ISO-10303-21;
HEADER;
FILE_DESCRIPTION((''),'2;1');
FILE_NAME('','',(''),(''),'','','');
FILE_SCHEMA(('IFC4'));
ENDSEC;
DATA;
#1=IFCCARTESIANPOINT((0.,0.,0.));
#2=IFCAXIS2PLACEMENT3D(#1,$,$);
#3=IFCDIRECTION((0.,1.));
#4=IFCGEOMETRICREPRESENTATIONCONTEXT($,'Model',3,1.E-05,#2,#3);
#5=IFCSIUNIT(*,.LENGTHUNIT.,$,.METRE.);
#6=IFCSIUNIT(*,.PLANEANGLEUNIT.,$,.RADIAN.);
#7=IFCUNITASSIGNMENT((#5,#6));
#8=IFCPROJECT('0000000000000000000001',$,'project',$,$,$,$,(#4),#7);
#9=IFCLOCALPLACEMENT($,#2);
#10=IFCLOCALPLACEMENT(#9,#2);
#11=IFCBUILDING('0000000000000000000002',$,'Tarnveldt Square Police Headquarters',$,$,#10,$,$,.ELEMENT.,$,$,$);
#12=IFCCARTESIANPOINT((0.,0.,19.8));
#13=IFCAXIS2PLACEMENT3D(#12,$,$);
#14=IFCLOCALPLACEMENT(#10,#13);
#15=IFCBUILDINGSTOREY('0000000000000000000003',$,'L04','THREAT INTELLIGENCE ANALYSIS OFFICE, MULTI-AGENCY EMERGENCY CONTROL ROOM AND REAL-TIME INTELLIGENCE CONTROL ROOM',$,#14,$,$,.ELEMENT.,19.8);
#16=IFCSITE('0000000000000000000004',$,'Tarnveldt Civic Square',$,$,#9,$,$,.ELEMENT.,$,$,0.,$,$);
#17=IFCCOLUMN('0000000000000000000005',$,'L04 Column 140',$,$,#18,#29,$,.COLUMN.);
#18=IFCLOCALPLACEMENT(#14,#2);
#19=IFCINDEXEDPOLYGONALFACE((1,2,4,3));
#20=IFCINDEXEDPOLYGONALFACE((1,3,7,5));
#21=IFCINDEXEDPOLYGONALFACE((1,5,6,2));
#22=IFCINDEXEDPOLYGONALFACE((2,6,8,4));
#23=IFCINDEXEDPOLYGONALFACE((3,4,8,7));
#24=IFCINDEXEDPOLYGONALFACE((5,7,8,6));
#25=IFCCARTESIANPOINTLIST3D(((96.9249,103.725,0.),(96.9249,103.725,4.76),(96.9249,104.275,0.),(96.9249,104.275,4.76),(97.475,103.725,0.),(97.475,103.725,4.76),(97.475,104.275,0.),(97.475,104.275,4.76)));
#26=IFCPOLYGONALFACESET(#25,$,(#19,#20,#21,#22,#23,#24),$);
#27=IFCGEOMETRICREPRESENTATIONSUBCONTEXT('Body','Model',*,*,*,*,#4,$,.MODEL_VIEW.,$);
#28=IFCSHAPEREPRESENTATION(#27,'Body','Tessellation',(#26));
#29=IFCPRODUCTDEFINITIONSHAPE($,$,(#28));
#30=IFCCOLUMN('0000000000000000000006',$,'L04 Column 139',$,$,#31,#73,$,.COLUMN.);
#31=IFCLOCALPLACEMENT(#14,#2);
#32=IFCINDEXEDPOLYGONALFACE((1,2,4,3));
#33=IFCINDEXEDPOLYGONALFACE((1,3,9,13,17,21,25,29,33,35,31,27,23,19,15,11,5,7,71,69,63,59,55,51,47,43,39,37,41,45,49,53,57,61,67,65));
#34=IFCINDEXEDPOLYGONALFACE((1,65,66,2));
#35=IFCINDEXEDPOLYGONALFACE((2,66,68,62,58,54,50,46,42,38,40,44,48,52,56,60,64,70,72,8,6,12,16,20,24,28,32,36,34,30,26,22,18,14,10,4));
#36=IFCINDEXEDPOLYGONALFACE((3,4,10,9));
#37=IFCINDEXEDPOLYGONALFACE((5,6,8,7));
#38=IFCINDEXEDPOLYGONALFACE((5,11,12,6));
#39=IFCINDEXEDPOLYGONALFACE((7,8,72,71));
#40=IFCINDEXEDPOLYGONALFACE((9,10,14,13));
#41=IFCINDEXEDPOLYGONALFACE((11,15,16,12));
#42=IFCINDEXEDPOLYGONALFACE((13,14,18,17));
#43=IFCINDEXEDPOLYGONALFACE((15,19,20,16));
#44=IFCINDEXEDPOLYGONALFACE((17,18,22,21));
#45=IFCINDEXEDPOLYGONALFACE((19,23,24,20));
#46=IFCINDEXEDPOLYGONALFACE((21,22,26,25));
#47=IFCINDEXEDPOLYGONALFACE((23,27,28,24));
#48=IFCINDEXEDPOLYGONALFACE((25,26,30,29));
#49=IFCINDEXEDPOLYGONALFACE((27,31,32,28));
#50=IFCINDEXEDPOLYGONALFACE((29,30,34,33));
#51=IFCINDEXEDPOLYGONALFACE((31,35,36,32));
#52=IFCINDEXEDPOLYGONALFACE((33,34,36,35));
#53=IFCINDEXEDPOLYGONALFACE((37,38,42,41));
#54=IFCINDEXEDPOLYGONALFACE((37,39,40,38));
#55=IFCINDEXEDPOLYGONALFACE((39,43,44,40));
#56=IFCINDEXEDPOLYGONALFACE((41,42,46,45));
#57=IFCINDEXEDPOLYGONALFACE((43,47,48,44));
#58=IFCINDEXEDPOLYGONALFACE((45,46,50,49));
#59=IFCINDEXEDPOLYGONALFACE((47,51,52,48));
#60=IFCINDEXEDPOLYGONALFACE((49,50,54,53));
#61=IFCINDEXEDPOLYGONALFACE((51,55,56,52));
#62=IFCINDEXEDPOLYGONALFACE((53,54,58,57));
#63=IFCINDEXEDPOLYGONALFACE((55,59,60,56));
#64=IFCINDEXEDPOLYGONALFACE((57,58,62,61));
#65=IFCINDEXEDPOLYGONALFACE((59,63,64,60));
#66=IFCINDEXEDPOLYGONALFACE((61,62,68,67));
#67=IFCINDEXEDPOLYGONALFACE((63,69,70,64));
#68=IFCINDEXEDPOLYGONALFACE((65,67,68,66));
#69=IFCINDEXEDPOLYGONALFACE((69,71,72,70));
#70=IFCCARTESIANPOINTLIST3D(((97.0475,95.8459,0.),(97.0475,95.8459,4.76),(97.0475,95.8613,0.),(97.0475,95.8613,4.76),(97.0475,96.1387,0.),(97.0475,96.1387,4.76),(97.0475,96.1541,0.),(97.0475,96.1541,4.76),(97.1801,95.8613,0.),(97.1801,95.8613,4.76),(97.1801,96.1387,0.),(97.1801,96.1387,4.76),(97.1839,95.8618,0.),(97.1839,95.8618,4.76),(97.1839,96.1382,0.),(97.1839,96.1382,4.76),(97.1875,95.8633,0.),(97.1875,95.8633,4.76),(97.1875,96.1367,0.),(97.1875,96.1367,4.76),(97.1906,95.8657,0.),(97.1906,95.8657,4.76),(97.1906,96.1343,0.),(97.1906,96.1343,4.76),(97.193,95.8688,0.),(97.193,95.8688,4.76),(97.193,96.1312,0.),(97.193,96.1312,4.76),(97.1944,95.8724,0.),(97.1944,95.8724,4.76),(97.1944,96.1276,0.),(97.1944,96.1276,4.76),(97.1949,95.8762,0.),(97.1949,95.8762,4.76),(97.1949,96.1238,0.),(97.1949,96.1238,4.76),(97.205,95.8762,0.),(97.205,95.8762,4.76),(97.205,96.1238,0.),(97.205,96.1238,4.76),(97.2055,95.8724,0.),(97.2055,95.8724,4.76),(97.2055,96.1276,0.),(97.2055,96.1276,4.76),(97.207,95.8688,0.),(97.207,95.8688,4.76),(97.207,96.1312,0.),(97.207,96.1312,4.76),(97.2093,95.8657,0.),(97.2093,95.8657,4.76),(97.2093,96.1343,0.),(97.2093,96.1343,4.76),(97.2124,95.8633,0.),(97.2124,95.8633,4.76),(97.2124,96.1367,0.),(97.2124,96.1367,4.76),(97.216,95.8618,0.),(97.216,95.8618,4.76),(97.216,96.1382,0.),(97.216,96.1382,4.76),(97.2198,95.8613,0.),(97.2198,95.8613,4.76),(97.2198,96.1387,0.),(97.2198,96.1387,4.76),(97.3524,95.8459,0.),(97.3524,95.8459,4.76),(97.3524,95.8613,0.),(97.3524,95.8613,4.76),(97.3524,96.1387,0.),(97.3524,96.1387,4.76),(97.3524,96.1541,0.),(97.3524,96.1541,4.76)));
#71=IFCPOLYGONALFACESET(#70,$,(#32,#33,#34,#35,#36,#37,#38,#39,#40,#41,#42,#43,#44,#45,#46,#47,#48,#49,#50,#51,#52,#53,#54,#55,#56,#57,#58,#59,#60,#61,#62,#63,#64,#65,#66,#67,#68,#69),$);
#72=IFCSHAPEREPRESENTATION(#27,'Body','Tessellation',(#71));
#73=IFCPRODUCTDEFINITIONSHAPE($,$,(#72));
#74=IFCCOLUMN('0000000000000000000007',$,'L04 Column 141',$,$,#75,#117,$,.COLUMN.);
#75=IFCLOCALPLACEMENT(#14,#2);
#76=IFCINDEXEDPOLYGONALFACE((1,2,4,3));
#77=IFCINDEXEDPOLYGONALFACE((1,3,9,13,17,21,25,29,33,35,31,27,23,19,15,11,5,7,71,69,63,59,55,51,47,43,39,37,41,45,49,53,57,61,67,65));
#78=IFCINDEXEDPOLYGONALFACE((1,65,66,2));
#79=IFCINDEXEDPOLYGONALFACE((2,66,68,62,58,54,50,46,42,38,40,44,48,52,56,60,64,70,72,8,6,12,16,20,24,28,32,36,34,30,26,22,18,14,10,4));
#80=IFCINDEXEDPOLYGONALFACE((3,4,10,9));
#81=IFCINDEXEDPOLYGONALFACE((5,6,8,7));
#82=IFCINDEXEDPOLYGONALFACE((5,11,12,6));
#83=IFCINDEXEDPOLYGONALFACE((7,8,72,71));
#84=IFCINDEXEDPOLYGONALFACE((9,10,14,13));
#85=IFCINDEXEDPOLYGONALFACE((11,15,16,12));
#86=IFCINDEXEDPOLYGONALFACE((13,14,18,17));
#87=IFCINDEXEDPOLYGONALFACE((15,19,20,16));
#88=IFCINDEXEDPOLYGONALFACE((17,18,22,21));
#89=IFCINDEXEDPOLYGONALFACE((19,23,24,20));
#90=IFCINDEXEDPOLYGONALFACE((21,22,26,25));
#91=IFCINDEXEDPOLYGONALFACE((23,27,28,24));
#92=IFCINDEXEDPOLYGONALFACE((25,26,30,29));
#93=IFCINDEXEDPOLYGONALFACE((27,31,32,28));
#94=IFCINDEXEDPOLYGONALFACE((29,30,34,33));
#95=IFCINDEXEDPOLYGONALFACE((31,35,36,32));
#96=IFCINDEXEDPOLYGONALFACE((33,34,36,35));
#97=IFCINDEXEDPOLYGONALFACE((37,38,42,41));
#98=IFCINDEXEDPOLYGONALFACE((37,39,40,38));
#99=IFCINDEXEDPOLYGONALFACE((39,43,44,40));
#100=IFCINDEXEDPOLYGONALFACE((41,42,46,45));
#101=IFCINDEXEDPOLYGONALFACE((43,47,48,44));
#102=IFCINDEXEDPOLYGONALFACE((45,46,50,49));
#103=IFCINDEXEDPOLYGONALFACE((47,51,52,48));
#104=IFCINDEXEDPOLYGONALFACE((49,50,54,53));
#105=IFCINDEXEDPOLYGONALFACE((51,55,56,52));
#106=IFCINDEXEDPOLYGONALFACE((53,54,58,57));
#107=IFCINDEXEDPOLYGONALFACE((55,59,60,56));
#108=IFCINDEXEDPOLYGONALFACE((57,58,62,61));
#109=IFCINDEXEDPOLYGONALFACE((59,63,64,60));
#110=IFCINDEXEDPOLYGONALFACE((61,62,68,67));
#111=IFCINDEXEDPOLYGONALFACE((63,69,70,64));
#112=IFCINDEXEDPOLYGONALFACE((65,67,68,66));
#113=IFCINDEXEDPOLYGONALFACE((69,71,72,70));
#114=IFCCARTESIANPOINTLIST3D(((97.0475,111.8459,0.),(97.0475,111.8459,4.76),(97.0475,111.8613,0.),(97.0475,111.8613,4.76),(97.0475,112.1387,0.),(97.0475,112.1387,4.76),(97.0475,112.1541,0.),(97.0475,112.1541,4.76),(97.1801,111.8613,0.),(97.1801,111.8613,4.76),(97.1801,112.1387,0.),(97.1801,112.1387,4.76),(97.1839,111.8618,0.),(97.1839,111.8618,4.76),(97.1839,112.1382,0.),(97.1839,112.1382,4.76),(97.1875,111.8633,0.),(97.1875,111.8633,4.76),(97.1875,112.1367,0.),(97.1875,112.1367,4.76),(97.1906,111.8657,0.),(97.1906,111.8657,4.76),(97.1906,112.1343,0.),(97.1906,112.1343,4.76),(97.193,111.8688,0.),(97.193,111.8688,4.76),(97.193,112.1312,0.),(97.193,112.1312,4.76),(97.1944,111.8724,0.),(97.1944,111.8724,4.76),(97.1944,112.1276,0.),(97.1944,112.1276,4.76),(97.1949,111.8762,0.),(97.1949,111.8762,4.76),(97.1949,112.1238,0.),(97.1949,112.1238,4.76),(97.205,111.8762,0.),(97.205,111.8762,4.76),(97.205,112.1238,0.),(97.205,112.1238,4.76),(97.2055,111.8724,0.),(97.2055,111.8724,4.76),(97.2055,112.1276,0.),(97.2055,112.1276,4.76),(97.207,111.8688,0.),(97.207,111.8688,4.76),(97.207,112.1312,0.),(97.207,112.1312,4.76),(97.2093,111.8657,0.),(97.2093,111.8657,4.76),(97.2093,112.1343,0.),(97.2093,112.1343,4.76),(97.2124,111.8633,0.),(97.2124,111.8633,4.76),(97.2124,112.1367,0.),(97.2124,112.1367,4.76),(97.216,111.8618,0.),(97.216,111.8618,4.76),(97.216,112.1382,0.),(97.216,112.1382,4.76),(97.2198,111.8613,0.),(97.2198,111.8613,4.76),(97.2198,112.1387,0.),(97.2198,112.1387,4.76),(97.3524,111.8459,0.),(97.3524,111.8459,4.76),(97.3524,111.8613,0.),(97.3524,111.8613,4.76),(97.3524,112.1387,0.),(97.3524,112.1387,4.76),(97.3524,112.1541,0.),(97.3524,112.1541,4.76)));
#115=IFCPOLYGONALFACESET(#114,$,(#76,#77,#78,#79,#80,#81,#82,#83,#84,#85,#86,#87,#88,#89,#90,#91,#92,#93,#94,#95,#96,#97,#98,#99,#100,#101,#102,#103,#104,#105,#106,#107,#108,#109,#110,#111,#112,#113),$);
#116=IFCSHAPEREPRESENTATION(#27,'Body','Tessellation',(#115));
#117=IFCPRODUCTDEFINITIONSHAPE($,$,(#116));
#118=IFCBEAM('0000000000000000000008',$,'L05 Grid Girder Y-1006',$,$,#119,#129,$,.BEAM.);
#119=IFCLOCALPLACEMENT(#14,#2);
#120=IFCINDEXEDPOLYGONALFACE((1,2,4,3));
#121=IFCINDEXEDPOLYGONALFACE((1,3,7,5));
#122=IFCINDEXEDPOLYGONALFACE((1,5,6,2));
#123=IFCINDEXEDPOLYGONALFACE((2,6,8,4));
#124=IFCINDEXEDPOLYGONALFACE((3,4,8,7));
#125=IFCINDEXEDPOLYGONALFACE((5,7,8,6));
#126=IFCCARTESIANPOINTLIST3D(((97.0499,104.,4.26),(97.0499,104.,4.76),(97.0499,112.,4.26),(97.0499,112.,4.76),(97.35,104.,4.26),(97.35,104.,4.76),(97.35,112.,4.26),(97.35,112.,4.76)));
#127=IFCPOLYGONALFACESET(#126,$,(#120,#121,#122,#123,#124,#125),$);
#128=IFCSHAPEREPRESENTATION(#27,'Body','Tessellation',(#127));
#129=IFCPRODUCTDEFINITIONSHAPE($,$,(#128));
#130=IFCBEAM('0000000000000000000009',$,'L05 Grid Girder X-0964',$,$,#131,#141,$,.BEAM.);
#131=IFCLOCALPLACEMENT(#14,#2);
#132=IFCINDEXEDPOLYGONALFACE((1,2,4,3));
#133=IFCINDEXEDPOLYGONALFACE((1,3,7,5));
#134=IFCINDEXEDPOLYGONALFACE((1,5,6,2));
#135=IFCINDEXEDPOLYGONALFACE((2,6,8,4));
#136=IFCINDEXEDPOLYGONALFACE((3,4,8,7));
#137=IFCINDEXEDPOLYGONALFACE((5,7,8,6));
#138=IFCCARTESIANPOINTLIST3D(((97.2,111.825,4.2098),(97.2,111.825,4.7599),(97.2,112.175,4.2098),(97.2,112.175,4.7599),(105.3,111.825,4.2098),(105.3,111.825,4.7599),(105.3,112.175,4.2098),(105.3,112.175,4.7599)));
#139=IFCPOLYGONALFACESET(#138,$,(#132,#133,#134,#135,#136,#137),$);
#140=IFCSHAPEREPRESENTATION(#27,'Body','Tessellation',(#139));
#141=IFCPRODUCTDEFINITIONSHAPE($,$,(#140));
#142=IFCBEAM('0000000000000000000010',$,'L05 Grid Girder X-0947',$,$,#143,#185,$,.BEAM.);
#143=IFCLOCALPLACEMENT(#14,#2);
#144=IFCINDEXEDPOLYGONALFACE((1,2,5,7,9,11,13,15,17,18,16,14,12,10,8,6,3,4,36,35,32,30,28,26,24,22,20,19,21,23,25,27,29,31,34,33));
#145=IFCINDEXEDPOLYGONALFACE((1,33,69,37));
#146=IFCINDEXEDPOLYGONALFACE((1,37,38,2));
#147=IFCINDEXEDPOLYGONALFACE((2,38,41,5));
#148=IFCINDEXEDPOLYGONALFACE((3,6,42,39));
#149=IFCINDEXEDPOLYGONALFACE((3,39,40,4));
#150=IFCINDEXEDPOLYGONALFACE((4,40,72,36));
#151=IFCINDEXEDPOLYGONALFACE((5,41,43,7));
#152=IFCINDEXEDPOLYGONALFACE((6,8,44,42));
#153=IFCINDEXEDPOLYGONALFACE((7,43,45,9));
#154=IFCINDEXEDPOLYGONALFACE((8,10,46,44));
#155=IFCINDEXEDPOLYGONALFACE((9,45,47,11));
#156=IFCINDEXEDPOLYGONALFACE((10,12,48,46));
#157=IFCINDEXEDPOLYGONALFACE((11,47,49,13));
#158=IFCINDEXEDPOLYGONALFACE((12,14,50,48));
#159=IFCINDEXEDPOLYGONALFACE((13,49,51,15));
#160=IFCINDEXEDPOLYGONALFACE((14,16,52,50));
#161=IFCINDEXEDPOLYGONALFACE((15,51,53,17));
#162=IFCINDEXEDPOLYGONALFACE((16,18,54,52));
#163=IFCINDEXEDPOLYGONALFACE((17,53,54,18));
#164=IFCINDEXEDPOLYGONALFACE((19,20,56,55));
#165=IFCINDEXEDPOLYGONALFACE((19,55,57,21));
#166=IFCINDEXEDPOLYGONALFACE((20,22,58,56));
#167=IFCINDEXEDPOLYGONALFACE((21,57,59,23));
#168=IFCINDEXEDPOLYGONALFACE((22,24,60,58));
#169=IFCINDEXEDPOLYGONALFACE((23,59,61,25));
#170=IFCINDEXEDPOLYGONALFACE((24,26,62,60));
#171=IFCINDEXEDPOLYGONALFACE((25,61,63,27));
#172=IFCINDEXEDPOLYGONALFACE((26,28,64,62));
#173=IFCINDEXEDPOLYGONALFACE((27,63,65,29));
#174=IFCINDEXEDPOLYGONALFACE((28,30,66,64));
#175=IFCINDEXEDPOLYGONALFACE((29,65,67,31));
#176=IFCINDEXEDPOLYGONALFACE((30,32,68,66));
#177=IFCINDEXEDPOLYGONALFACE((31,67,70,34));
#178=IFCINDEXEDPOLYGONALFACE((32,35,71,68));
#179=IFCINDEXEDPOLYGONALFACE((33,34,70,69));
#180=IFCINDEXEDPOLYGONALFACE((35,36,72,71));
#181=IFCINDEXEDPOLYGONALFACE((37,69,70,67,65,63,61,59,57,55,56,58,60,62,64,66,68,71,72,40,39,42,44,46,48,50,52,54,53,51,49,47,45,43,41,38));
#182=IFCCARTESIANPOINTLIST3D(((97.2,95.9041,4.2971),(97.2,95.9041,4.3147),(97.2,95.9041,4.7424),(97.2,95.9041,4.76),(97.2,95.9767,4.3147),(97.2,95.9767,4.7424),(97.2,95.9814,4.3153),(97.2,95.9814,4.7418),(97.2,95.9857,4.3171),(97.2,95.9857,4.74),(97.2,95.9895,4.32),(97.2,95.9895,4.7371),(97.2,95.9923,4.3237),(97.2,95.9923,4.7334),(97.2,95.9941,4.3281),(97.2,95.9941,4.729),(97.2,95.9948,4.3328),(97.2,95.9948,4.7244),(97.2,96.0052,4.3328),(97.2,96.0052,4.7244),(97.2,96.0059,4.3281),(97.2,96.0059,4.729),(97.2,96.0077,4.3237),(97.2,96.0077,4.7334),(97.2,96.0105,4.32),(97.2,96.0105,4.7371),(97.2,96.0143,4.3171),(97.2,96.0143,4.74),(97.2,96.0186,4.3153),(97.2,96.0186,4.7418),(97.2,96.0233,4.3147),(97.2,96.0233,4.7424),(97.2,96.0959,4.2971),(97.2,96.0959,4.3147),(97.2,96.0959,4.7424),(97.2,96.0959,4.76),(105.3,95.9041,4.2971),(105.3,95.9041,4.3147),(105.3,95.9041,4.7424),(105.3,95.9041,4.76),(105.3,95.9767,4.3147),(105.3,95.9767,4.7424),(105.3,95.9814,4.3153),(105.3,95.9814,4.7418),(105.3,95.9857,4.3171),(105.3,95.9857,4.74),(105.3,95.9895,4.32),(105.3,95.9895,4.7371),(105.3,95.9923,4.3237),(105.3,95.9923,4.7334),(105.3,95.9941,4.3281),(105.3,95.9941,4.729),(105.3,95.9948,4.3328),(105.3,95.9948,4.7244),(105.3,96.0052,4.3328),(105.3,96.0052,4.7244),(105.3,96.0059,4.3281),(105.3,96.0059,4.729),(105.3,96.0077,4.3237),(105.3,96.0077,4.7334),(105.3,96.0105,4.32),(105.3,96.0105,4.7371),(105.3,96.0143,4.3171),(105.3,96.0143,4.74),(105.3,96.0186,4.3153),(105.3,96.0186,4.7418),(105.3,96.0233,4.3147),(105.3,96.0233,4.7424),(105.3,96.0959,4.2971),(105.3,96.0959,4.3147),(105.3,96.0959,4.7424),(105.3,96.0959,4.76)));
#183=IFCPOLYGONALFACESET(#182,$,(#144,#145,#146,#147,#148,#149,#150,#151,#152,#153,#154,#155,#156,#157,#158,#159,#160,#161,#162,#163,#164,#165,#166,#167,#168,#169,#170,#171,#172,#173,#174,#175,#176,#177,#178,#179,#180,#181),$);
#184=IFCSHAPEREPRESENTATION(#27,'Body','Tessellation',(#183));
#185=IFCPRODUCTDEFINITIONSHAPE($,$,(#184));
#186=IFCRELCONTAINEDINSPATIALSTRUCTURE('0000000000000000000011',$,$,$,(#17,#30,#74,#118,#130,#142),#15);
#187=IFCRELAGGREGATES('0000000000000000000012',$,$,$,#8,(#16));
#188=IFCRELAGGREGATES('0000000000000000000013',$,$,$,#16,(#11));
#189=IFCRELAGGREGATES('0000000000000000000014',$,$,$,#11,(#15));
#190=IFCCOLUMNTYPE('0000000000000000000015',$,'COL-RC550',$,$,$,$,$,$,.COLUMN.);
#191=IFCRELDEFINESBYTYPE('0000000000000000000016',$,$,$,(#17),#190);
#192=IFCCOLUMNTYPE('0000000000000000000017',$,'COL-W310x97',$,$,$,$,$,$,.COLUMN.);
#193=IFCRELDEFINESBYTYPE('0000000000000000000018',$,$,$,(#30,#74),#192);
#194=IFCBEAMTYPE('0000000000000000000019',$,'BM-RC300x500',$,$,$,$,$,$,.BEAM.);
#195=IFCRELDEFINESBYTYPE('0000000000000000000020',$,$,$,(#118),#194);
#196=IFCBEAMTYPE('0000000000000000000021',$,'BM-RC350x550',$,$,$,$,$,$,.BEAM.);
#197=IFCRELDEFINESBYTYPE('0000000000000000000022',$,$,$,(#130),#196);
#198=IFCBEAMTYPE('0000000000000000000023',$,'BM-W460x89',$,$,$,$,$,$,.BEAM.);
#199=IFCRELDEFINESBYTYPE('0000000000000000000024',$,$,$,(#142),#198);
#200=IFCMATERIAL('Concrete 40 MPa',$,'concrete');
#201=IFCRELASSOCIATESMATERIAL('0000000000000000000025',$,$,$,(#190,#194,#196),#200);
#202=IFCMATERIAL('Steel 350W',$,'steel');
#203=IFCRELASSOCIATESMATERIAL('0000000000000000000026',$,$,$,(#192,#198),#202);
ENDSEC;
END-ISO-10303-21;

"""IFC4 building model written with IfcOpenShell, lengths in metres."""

from ifc_helpers import new_model, si_unit, direction, frame, origin, origin_2d, place, context, subcontext, project, spatial, rectangle, i_section, extrude, material, material_profile, profile_set, type_object, element, save


model = new_model("IFC4")

# Units and contexts
model_context = context("Model", 3, precision=1e-05, world=origin(), true_north=direction((0.0, 1.0)))
body_context = subcontext(model_context, "Body", "Model", "MODEL_VIEW")
ifc_project = project(units=[si_unit("LENGTHUNIT", "METRE"), si_unit("PLANEANGLEUNIT", "RADIAN")], contexts=[model_context])

# Site, building, storey
site_placement = place(None, origin())
site = spatial("IfcSite", under=ifc_project, at=site_placement, Name="Tarnveldt Civic Square", CompositionType="ELEMENT", RefElevation=0.0)
building_placement = place(site_placement, origin())
building = spatial("IfcBuilding", under=site, at=building_placement, Name="Tarnveldt Square Police Headquarters", CompositionType="ELEMENT")
storey_placement = place(building_placement, frame((0.0, 0.0, 19.8)))
storey = spatial("IfcBuildingStorey", under=building, at=storey_placement, Name="L04", Description="THREAT INTELLIGENCE ANALYSIS OFFICE, MULTI-AGENCY EMERGENCY CONTROL ROOM AND REAL-TIME INTELLIGENCE CONTROL ROOM", CompositionType="ELEMENT", Elevation=19.8)

# Columns
ifc_material_1 = material(Name="Concrete 40 MPa", Category="concrete")
ifc_material_profile_1 = material_profile(ifc_material_1, rectangle(XDim=0.55, YDim=0.55, at=origin_2d()), Name="RC-C550x550")
ifc_profile_set_1 = profile_set([ifc_material_profile_1], Name="Concrete 40 MPa")
column_type_1 = type_object("IfcColumnType", Name="COL-RC550", PredefinedType="COLUMN", material=ifc_profile_set_1)
column_placement = place(storey_placement, frame((97.2, 104.0, 0.0), z_axis=(0.0, 0.0, 1.0), x_axis=(1.0, 0.0, 0.0)))
element("IfcColumn", 1, at=column_placement, inside=storey, type_object=column_type_1, Name="L04 Column 140", PredefinedType="COLUMN", context=body_context, shape_type="SweptSolid", body=[
    extrude(rectangle(XDim=0.55, YDim=0.55, at=origin_2d()), origin(), (0.0, 0.0, 1.0), 4.76),
])
ifc_material_2 = material(Name="Steel 350W", Category="steel")
ifc_material_profile_2 = material_profile(ifc_material_2, i_section(OverallWidth=0.3049, OverallDepth=0.3081, WebThickness=0.01, FlangeThickness=0.0154, FilletRadius=0.0149, at=origin_2d()), Name="W310x97")
ifc_profile_set_2 = profile_set([ifc_material_profile_2], Name="Steel 350W")
column_type_2 = type_object("IfcColumnType", Name="COL-W310x97", PredefinedType="COLUMN", material=ifc_profile_set_2)
for number, where, z_axis, x_axis, name in (
    (2, (97.2, 96.0, 0.0), (0.0, 0.0, 1.0), (1.0, 0.0, 0.0), "L04 Column 139"),
    (3, (97.2, 112.0, 0.0), (0.0, 0.0, 1.0), (1.0, 0.0, 0.0), "L04 Column 141"),
):
    element("IfcColumn", number, at=place(storey_placement, frame(where, z_axis=z_axis, x_axis=x_axis)), inside=storey, type_object=column_type_2, Name=name, PredefinedType="COLUMN", context=body_context, shape_type="SweptSolid", body=[
        extrude(i_section(OverallWidth=0.3049, OverallDepth=0.3081, WebThickness=0.01, FlangeThickness=0.0154, FilletRadius=0.0149, at=origin_2d()), origin(), (0.0, 0.0, 1.0), 4.76),
    ])

# Beams
ifc_material_profile_3 = material_profile(ifc_material_1, rectangle(XDim=0.3, YDim=0.5, at=origin_2d()), Name="RC-B300x500")
ifc_profile_set_3 = profile_set([ifc_material_profile_3], Name="Concrete 40 MPa")
beam_type_1 = type_object("IfcBeamType", Name="BM-RC300x500", PredefinedType="BEAM", material=ifc_profile_set_3)
beam_1_placement = place(storey_placement, frame((97.2, 104.0, 4.51), z_axis=(0.0, 1.0, 0.0), x_axis=(-1.0, 0.0, 0.0)))
element("IfcBeam", 4, at=beam_1_placement, inside=storey, type_object=beam_type_1, Name="L05 Grid Girder Y-1006", PredefinedType="BEAM", context=body_context, shape_type="SweptSolid", body=[
    extrude(rectangle(XDim=0.3, YDim=0.5, at=origin_2d()), origin(), (0.0, 0.0, 1.0), 8.0),
])
ifc_material_profile_4 = material_profile(ifc_material_1, rectangle(XDim=0.3501, YDim=0.55, at=origin_2d()), Name="RC-B350x550")
ifc_profile_set_4 = profile_set([ifc_material_profile_4], Name="Concrete 40 MPa")
beam_type_2 = type_object("IfcBeamType", Name="BM-RC350x550", PredefinedType="BEAM", material=ifc_profile_set_4)
beam_2_placement = place(storey_placement, frame((97.2, 112.0, 4.4849), z_axis=(1.0, 0.0, 0.0), x_axis=(0.0, 1.0, 0.0)))
element("IfcBeam", 5, at=beam_2_placement, inside=storey, type_object=beam_type_2, Name="L05 Grid Girder X-0964", PredefinedType="BEAM", context=body_context, shape_type="SweptSolid", body=[
    extrude(rectangle(XDim=0.3501, YDim=0.55, at=origin_2d()), origin(), (0.0, 0.0, 1.0), 8.1001),
])
ifc_material_profile_5 = material_profile(ifc_material_2, i_section(OverallWidth=0.1919, OverallDepth=0.4629, WebThickness=0.0105, FlangeThickness=0.0176, FilletRadius=0.0181, at=origin_2d()), Name="W460x89")
ifc_profile_set_5 = profile_set([ifc_material_profile_5], Name="Steel 350W")
beam_type_3 = type_object("IfcBeamType", Name="BM-W460x89", PredefinedType="BEAM", material=ifc_profile_set_5)
for number, where, z_axis, x_axis, name in (
    (6, (97.2, 96.0, 4.5286), (1.0, 0.0, 0.0), (0.0, 1.0, 0.0), "L05 Grid Girder X-0947"),
):
    element("IfcBeam", number, at=place(storey_placement, frame(where, z_axis=z_axis, x_axis=x_axis)), inside=storey, type_object=beam_type_3, Name=name, PredefinedType="BEAM", context=body_context, shape_type="SweptSolid", body=[
        extrude(i_section(OverallWidth=0.1919, OverallDepth=0.4629, WebThickness=0.0105, FlangeThickness=0.0176, FilletRadius=0.0181, at=origin_2d()), origin(), (0.0, 0.0, 1.0), 8.1001),
    ])

save(model, "model.ifc")
